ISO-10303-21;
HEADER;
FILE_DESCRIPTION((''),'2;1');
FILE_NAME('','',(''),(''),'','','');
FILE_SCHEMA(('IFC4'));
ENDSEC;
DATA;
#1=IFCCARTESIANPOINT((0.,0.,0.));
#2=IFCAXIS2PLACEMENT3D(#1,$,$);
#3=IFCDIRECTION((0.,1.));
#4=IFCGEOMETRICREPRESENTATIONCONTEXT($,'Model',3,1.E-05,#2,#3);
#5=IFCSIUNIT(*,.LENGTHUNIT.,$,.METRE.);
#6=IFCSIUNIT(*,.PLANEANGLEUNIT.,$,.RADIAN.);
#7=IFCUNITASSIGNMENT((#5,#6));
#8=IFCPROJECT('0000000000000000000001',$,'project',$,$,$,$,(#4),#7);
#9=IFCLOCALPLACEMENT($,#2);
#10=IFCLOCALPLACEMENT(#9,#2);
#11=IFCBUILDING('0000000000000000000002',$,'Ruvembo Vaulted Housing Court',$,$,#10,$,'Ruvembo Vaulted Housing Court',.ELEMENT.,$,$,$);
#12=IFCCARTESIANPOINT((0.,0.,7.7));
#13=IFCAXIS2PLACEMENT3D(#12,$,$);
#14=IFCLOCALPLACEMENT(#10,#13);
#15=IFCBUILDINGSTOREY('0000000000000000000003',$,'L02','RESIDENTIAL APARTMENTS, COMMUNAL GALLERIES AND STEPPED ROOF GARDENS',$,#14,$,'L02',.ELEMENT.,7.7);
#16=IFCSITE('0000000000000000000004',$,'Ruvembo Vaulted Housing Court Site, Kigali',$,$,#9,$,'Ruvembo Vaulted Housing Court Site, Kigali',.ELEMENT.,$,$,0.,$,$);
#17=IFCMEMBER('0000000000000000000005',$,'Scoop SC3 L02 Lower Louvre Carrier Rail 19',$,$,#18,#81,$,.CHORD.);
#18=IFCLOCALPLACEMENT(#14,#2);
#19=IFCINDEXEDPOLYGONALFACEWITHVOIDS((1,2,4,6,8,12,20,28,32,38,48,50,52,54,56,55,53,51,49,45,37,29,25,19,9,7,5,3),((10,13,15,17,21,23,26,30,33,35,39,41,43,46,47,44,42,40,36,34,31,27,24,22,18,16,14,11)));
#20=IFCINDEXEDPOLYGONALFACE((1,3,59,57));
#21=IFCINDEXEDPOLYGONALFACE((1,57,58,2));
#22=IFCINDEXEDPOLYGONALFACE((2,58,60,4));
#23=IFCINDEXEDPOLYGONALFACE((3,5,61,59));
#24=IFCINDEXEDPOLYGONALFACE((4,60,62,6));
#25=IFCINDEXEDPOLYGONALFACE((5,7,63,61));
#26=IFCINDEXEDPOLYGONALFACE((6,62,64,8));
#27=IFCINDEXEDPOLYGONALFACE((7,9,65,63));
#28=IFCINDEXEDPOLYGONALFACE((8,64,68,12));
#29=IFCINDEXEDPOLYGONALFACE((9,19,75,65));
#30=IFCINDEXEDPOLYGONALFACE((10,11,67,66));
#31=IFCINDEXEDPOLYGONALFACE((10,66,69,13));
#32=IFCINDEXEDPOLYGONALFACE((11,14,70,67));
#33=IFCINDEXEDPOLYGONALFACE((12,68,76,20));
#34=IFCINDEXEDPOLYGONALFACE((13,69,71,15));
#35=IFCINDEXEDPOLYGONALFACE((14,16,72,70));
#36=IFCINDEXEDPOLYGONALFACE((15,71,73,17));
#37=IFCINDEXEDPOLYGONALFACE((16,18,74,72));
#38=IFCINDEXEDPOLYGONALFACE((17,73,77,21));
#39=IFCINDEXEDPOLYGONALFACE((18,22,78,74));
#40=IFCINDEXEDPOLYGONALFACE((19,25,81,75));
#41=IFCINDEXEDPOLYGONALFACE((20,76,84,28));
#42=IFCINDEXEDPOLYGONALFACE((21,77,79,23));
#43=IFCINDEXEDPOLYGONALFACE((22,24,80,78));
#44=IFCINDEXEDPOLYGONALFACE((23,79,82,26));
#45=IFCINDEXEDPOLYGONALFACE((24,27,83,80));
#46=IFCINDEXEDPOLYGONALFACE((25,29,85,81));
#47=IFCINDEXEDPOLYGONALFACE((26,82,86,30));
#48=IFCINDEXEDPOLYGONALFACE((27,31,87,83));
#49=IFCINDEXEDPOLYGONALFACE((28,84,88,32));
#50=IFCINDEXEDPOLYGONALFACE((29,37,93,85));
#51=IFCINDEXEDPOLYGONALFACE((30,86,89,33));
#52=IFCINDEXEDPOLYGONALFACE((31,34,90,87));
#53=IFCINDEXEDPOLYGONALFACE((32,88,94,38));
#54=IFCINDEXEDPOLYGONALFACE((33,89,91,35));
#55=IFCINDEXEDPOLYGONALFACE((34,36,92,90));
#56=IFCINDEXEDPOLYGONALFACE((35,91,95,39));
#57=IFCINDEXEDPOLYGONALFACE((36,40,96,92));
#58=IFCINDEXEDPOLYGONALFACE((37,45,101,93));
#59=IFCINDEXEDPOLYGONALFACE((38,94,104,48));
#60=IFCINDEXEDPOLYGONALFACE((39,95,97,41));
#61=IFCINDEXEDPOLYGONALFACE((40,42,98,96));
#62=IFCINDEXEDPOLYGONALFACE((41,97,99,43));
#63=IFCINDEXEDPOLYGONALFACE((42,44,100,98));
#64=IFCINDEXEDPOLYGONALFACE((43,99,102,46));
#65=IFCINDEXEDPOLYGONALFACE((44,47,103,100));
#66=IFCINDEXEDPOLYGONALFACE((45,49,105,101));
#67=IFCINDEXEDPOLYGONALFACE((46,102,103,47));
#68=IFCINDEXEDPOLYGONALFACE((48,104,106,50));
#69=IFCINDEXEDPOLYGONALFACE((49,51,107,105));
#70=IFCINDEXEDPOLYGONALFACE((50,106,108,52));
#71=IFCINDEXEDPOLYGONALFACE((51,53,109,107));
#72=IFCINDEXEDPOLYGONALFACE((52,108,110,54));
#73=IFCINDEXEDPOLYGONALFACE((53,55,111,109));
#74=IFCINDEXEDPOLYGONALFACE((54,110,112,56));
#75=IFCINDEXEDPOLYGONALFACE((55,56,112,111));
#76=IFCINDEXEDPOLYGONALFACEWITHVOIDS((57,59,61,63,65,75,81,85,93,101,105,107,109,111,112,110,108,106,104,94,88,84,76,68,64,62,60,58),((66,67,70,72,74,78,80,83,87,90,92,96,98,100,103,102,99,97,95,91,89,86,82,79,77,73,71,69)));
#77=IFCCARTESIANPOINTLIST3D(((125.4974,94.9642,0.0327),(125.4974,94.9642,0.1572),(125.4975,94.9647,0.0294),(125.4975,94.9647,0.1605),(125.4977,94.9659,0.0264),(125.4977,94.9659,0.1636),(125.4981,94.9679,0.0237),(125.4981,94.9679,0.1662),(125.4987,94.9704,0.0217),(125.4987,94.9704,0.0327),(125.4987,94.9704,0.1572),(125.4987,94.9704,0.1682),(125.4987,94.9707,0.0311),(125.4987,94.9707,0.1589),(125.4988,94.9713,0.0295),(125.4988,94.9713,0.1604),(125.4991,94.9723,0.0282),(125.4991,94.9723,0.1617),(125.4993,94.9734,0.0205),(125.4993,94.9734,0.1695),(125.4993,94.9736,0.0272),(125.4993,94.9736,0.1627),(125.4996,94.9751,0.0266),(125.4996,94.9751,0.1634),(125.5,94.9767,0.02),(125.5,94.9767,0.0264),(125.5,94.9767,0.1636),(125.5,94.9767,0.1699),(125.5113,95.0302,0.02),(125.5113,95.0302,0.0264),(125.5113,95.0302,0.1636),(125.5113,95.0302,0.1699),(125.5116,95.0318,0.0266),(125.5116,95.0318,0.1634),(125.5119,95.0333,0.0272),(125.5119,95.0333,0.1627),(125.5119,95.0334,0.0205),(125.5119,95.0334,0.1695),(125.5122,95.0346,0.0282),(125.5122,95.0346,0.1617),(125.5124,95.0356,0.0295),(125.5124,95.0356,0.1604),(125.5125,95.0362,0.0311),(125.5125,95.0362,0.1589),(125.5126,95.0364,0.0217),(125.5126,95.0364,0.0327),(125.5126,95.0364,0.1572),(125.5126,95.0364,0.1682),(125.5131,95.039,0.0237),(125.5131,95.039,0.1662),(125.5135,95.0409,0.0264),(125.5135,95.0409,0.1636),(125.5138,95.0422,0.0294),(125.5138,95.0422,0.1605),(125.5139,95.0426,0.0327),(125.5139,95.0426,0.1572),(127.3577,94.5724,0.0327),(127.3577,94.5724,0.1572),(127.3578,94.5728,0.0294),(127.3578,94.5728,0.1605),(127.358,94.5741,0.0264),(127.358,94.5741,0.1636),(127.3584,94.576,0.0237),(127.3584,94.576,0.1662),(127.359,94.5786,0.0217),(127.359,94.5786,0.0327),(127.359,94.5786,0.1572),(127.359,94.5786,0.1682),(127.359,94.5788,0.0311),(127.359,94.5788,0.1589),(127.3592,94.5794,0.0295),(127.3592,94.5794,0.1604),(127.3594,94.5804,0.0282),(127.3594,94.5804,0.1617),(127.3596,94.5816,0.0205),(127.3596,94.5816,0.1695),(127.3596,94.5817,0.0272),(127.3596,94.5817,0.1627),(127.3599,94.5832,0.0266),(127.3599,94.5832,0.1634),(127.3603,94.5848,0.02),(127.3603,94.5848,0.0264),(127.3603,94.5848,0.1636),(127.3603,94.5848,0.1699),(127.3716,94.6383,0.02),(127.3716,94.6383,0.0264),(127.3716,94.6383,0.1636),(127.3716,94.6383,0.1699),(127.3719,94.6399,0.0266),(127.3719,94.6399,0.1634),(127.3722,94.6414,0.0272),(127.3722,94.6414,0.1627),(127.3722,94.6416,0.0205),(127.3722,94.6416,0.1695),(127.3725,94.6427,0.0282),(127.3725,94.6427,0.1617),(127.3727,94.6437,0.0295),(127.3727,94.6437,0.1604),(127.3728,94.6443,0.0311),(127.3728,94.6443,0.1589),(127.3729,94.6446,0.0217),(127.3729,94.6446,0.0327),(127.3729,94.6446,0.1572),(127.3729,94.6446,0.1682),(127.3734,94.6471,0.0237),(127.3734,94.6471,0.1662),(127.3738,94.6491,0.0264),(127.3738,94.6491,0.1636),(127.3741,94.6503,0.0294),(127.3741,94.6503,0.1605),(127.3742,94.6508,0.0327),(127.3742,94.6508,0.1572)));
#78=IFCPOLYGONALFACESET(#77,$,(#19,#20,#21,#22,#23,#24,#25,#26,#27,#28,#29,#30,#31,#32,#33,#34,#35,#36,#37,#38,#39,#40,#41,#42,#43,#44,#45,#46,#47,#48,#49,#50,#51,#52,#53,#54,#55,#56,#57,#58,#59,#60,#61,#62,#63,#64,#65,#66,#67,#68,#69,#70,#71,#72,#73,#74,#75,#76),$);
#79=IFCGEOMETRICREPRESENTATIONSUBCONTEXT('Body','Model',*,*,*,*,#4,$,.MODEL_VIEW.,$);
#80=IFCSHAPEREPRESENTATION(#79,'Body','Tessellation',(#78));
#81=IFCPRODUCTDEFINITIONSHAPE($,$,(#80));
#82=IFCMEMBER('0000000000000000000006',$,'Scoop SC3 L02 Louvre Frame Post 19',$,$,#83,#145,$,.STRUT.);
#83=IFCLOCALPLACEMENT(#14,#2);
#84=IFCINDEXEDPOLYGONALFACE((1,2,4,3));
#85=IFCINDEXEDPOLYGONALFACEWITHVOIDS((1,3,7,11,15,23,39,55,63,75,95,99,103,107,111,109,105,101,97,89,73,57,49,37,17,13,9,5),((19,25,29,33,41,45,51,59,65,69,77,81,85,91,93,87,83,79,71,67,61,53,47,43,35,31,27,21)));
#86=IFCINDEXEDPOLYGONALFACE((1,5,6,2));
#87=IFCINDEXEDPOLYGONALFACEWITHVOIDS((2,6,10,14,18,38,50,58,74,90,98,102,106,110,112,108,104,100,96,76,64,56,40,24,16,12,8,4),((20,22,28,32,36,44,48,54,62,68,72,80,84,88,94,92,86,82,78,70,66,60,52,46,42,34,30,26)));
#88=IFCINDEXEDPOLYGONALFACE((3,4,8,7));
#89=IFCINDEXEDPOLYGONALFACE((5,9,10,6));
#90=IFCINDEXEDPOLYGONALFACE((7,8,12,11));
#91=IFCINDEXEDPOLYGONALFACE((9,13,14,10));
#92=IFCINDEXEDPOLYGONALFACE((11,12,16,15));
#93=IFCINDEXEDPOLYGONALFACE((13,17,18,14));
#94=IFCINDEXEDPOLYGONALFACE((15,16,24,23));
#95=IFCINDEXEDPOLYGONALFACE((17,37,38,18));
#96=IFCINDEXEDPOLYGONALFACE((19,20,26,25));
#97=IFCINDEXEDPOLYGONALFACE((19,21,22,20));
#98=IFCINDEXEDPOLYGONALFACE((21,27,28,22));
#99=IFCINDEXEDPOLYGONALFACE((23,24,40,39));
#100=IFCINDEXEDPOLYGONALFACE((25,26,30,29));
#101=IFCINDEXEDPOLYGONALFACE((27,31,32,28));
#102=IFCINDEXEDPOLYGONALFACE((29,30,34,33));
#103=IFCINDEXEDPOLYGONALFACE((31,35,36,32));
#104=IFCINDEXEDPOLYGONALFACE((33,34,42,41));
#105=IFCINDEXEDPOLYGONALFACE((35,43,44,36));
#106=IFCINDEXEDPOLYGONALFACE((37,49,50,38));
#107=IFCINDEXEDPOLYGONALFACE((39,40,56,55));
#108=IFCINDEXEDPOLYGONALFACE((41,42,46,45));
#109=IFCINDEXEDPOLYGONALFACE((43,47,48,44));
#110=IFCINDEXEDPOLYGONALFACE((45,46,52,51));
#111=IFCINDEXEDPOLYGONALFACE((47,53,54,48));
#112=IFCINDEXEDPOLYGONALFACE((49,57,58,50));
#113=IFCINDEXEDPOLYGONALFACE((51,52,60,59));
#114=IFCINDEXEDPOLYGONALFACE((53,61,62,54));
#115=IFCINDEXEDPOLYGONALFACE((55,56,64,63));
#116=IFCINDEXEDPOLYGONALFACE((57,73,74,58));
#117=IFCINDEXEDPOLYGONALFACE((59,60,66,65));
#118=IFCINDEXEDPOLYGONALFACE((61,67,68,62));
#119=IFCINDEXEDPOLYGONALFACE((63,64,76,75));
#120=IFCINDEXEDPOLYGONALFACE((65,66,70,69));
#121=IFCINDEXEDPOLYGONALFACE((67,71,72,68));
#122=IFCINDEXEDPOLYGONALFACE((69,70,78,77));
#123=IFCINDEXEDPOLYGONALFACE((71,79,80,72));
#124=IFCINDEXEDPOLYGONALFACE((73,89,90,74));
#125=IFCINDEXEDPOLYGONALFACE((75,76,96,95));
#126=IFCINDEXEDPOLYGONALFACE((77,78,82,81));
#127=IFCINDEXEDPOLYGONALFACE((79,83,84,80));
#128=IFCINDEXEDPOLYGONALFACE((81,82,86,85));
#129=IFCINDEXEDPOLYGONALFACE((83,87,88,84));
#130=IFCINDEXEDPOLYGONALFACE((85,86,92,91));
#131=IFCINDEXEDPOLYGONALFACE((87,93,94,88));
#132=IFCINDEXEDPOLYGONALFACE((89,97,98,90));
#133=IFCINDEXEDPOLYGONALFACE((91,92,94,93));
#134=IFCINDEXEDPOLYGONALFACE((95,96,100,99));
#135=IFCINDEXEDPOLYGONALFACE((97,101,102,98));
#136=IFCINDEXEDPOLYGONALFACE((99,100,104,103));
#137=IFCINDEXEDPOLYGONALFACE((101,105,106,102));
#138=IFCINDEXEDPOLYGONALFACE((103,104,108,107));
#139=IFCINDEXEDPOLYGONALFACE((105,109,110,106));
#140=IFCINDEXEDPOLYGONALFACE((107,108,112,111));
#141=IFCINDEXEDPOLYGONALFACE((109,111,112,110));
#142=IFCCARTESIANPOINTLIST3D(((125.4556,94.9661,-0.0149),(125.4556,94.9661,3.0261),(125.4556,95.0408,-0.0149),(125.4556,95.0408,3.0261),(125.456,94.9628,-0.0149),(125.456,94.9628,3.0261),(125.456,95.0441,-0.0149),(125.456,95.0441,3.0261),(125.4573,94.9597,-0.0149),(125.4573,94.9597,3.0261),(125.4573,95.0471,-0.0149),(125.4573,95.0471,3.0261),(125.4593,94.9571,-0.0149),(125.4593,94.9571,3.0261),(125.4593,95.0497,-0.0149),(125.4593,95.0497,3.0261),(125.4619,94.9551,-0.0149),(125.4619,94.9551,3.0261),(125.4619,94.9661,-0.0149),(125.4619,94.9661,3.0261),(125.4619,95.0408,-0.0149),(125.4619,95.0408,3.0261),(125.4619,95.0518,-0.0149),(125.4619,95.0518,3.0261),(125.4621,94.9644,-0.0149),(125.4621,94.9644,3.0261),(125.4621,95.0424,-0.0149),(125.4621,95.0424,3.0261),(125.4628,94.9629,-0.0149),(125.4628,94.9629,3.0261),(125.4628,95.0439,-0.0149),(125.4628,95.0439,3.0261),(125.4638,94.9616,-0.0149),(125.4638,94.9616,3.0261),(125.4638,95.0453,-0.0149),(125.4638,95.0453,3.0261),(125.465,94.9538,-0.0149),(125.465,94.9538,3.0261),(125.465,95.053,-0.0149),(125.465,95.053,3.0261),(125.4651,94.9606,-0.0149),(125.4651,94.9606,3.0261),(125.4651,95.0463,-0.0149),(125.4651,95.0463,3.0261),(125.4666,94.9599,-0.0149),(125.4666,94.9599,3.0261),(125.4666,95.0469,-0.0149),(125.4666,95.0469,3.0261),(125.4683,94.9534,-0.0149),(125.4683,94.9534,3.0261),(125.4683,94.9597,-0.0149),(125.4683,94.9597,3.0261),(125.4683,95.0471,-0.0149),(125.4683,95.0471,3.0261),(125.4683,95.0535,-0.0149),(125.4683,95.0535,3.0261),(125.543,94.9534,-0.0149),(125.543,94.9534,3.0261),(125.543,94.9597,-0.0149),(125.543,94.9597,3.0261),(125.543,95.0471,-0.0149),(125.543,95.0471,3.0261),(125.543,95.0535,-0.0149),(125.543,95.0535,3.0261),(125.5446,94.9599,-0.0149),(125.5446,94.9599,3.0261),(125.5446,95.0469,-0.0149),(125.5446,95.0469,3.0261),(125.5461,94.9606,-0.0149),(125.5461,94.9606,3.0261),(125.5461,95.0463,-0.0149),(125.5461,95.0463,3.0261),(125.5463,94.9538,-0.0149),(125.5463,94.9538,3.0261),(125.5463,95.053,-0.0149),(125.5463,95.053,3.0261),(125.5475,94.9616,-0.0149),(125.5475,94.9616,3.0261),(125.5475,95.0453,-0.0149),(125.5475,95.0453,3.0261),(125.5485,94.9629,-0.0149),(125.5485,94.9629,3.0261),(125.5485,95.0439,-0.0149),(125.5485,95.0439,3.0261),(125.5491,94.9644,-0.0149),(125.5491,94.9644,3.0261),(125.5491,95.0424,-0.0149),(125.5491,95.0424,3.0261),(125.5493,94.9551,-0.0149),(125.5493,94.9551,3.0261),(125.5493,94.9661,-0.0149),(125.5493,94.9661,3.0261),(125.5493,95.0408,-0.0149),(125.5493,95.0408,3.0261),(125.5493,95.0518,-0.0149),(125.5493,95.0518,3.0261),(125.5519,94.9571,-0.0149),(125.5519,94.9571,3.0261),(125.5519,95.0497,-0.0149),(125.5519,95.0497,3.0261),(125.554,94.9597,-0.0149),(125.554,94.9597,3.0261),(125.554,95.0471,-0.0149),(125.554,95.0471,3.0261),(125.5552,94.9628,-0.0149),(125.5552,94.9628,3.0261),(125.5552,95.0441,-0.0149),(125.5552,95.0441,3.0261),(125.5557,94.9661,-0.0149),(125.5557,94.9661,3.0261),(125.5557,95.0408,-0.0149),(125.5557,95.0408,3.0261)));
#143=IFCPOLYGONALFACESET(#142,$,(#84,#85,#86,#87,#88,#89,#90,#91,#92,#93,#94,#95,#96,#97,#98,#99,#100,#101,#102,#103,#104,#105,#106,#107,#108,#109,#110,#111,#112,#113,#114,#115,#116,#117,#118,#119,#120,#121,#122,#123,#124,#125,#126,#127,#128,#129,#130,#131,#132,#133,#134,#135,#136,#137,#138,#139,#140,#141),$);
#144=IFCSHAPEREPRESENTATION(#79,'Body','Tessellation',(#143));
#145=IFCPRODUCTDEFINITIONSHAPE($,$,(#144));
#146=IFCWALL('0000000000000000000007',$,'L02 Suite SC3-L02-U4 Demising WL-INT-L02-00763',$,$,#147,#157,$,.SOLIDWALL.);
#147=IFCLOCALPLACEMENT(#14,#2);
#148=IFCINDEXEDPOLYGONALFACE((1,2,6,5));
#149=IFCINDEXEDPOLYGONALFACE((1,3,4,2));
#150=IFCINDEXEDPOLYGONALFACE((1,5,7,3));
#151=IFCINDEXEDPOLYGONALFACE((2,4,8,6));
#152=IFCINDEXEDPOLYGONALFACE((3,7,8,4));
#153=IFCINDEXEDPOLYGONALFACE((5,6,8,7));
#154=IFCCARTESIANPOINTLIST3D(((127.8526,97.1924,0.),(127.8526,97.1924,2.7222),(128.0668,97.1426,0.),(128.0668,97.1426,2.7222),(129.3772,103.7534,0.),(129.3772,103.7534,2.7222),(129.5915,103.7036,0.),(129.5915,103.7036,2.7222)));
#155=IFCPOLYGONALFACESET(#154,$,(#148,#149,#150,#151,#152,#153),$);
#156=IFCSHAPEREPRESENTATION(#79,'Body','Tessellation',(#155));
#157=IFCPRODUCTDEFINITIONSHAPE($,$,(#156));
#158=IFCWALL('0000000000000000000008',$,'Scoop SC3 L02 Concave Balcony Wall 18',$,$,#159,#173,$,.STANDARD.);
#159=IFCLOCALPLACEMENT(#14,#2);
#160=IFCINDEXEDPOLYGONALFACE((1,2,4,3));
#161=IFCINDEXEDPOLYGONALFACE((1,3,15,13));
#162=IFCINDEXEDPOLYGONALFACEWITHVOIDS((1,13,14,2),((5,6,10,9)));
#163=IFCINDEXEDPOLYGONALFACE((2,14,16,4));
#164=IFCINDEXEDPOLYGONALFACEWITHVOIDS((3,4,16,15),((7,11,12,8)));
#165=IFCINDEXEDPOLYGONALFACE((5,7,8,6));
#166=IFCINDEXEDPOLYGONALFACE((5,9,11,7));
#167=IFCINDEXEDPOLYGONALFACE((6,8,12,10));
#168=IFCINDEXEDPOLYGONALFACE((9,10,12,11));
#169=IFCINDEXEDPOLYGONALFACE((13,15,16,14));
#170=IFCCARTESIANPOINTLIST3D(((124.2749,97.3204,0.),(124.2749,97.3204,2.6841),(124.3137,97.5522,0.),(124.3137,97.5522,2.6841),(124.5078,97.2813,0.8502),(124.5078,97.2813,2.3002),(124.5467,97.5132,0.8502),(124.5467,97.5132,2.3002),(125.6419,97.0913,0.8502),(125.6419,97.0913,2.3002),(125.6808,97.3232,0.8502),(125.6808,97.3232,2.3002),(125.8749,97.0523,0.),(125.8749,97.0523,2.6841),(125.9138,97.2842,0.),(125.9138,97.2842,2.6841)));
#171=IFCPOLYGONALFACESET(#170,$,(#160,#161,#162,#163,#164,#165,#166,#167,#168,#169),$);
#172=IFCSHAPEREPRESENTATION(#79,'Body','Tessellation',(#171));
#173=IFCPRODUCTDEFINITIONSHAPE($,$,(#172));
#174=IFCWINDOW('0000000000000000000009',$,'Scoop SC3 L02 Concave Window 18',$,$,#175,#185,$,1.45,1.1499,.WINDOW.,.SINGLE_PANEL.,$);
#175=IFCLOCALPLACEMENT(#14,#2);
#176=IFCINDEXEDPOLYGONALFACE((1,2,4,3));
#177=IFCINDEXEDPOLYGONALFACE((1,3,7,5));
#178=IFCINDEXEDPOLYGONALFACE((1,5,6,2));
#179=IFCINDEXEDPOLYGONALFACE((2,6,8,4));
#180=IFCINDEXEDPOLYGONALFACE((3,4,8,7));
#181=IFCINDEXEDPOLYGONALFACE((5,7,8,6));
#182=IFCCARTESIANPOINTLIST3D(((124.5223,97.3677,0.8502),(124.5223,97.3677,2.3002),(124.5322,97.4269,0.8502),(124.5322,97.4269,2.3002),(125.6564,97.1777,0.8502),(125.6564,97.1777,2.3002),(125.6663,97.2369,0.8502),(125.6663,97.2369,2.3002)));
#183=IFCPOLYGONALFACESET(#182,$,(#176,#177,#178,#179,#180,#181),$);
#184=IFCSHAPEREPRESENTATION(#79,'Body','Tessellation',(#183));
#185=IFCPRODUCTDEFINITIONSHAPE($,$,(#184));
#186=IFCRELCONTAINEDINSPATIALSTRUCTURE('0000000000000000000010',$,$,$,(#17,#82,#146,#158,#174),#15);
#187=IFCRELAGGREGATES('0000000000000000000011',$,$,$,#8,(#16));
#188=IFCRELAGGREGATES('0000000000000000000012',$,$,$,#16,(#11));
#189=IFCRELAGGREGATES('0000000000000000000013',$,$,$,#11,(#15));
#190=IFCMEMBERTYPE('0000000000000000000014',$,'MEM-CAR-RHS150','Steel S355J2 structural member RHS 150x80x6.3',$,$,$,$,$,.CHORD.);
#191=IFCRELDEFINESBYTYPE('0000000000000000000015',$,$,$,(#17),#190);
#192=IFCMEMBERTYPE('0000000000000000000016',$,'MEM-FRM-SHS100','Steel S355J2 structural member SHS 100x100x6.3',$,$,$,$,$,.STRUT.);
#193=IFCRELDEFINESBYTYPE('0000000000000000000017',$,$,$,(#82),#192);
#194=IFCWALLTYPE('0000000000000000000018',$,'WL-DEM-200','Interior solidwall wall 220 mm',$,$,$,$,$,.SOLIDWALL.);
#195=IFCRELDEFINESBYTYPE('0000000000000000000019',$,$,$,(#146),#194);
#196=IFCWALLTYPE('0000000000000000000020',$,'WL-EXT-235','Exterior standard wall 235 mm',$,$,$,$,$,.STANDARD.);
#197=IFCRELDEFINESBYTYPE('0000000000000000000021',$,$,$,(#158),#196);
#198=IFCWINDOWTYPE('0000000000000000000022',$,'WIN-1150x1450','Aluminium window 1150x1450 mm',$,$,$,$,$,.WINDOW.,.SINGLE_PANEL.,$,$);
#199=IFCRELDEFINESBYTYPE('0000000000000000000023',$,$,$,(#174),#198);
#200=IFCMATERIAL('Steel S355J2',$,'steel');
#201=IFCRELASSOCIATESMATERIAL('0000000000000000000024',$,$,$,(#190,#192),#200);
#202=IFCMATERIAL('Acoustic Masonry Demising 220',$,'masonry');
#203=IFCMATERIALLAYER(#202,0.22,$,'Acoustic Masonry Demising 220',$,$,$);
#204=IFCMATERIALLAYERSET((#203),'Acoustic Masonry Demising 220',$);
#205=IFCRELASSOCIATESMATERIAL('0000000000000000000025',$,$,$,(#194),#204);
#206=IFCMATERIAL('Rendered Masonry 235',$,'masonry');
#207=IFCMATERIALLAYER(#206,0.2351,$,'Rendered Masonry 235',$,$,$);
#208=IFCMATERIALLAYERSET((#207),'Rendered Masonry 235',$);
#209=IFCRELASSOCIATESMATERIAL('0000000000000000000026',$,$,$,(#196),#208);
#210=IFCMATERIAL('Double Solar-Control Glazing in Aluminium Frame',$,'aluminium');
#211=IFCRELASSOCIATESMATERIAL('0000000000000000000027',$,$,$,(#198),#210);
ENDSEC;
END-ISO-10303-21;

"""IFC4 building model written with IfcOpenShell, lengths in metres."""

from ifc_helpers import new_model, si_unit, direction, frame, frame_2d, origin, origin_2d, place, context, subcontext, project, spatial, rectangle, hollow_rectangle, extrude, material, layer, layer_set, material_profile, profile_set, type_object, element, fill, save


model = new_model("IFC4")

# Units and contexts
model_context = context("Model", 3, precision=1e-05, world=origin(), true_north=direction((0.0, 1.0)))
body_context = subcontext(model_context, "Body", "Model", "MODEL_VIEW")
ifc_project = project(units=[si_unit("LENGTHUNIT", "METRE"), si_unit("PLANEANGLEUNIT", "RADIAN")], contexts=[model_context])

# Site, building, storey
site_placement = place(None, origin())
site = spatial("IfcSite", under=ifc_project, at=site_placement, Name="Ruvembo Vaulted Housing Court Site, Kigali", LongName="Ruvembo Vaulted Housing Court Site, Kigali", CompositionType="ELEMENT", RefElevation=0.0)
building_placement = place(site_placement, origin())
building = spatial("IfcBuilding", under=site, at=building_placement, Name="Ruvembo Vaulted Housing Court", LongName="Ruvembo Vaulted Housing Court", CompositionType="ELEMENT")
storey_placement = place(building_placement, frame((0.0, 0.0, 7.7)))
storey = spatial("IfcBuildingStorey", under=building, at=storey_placement, Name="L02", Description="RESIDENTIAL APARTMENTS, COMMUNAL GALLERIES AND STEPPED ROOF GARDENS", LongName="L02", CompositionType="ELEMENT", Elevation=7.7)

# Shared definitions
ifc_material_1 = material(Name="Steel S355J2", Category="steel")

# Members
ifc_material_profile_1 = material_profile(ifc_material_1, hollow_rectangle(XDim=0.0801, YDim=0.1499, WallThickness=0.0063, InnerFilletRadius=0.0063, OuterFilletRadius=0.0127, at=origin_2d()), Name="RHS 150x80x6.3")
ifc_profile_set_1 = profile_set([ifc_material_profile_1], Name="Steel S355J2")
member_type_1 = type_object("IfcMemberType", Name="MEM-CAR-RHS150", Description="Steel S355J2 structural member RHS 150x80x6.3", PredefinedType="CHORD", material=ifc_profile_set_1)
member_1_placement = place(storey_placement, frame((125.5056, 95.0034, 0.095), z_axis=(0.978529, -0.206108, 0.0), x_axis=(0.206108, 0.978529, 0.0)))
element("IfcMember", 1, at=member_1_placement, inside=storey, type_object=member_type_1, Name="Scoop SC3 L02 Lower Louvre Carrier Rail 19", PredefinedType="CHORD", context=body_context, shape_type="SweptSolid", body=[
    extrude(hollow_rectangle(XDim=0.0801, YDim=0.1499, WallThickness=0.0063, InnerFilletRadius=0.0063, OuterFilletRadius=0.0127, at=origin_2d()), origin(), (0.0, 0.0, 1.0), 1.9011),
])
ifc_material_profile_2 = material_profile(ifc_material_1, hollow_rectangle(XDim=0.1001, YDim=0.1001, WallThickness=0.0063, InnerFilletRadius=0.0063, OuterFilletRadius=0.0127, at=origin_2d()), Name="SHS 100x100x6.3")
ifc_profile_set_2 = profile_set([ifc_material_profile_2], Name="Steel S355J2")
member_type_2 = type_object("IfcMemberType", Name="MEM-FRM-SHS100", Description="Steel S355J2 structural member SHS 100x100x6.3", PredefinedType="STRUT", material=ifc_profile_set_2)
member_2_placement = place(storey_placement, frame((125.5056, 95.0034, -0.0149), z_axis=(0.0, 0.0, 1.0), x_axis=(1.0, 0.0, 0.0)))
element("IfcMember", 2, at=member_2_placement, inside=storey, type_object=member_type_2, Name="Scoop SC3 L02 Louvre Frame Post 19", PredefinedType="STRUT", context=body_context, shape_type="SweptSolid", body=[
    extrude(hollow_rectangle(XDim=0.1001, YDim=0.1001, WallThickness=0.0063, InnerFilletRadius=0.0063, OuterFilletRadius=0.0127, at=origin_2d()), origin(), (0.0, 0.0, 1.0), 3.041),
])

# Wall
ifc_material_2 = material(Name="Acoustic Masonry Demising 220", Category="masonry")
ifc_layer_1 = layer(ifc_material_2, 0.22, Name="Acoustic Masonry Demising 220")
ifc_layer_set_1 = layer_set([ifc_layer_1], Name="Acoustic Masonry Demising 220")
wall_type_1 = type_object("IfcWallType", Name="WL-DEM-200", Description="Interior solidwall wall 220 mm", PredefinedType="SOLIDWALL", material=ifc_layer_set_1)
wall_1_placement = place(storey_placement, frame((127.9597, 97.1675, 0.0), z_axis=(0.0, 0.0, 1.0), x_axis=(0.22635, 0.974046, 0.0)))
element("IfcWall", 3, at=wall_1_placement, inside=storey, type_object=wall_type_1, Name="L02 Suite SC3-L02-U4 Demising WL-INT-L02-00763", PredefinedType="SOLIDWALL", context=body_context, shape_type="SweptSolid", body=[
    extrude(rectangle(XDim=6.7358, YDim=0.22, at=frame_2d((3.3679, 0.0))), origin(), (0.0, 0.0, 1.0), 2.7222),
])

# Wall, opening, window
ifc_material_3 = material(Name="Rendered Masonry 235", Category="masonry")
ifc_layer_2 = layer(ifc_material_3, 0.2351, Name="Rendered Masonry 235")
ifc_layer_set_2 = layer_set([ifc_layer_2], Name="Rendered Masonry 235")
wall_type_2 = type_object("IfcWallType", Name="WL-EXT-235", Description="Exterior standard wall 235 mm", PredefinedType="STANDARD", material=ifc_layer_set_2)
wall_2_placement = place(storey_placement, frame((124.2944, 97.4363, 0.0), z_axis=(0.0, 0.0, 1.0), x_axis=(0.986255, -0.165229, 0.0)))
wall_2 = element("IfcWall", 4, at=wall_2_placement, inside=storey, type_object=wall_type_2, Name="Scoop SC3 L02 Concave Balcony Wall 18", PredefinedType="STANDARD", context=body_context, shape_type="SweptSolid", body=[
    extrude(rectangle(XDim=1.6223, YDim=0.2351, at=frame_2d((0.811, 0.0))), origin(), (0.0, 0.0, 1.0), 2.6841),
])
opening_1_placement = place(wall_2_placement, frame((0.2361, 0.0, 0.8501)))
opening_1 = element("IfcOpeningElement", 5, at=opening_1_placement, cuts=wall_2, PredefinedType="OPENING", context=body_context, shape_type="SweptSolid", body=[
    extrude(rectangle(XDim=1.1499, YDim=1.45, at=frame_2d((0.575, 0.7251))), frame((0.0, 0.1274, 0.0), z_axis=(0.0, -1.0, 0.0), x_axis=(1.0, 0.0, 0.0)), (0.0, 0.0, 1.0), 0.2551),
])
ifc_material_4 = material(Name="Double Solar-Control Glazing in Aluminium Frame", Category="aluminium")
window_type_1 = type_object("IfcWindowType", Name="WIN-1150x1450", Description="Aluminium window 1150x1450 mm", PartitioningType="SINGLE_PANEL", PredefinedType="WINDOW", material=ifc_material_4)
window_1_placement = place(opening_1_placement, origin())
window_1 = element("IfcWindow", 6, at=window_1_placement, inside=storey, type_object=window_type_1, Name="Scoop SC3 L02 Concave Window 18", OverallHeight=1.45, OverallWidth=1.1499, PartitioningType="SINGLE_PANEL", PredefinedType="WINDOW", context=body_context, shape_type="SweptSolid", body=[
    extrude(rectangle(XDim=1.1499, YDim=1.45, at=frame_2d((0.575, 0.7251))), frame((0.0, 0.03, 0.0), z_axis=(0.0, -1.0, 0.0), x_axis=(1.0, 0.0, 0.0)), (0.0, 0.0, 1.0), 0.0601),
])
fill(opening_1, window_1)

save(model, "model.ifc")
